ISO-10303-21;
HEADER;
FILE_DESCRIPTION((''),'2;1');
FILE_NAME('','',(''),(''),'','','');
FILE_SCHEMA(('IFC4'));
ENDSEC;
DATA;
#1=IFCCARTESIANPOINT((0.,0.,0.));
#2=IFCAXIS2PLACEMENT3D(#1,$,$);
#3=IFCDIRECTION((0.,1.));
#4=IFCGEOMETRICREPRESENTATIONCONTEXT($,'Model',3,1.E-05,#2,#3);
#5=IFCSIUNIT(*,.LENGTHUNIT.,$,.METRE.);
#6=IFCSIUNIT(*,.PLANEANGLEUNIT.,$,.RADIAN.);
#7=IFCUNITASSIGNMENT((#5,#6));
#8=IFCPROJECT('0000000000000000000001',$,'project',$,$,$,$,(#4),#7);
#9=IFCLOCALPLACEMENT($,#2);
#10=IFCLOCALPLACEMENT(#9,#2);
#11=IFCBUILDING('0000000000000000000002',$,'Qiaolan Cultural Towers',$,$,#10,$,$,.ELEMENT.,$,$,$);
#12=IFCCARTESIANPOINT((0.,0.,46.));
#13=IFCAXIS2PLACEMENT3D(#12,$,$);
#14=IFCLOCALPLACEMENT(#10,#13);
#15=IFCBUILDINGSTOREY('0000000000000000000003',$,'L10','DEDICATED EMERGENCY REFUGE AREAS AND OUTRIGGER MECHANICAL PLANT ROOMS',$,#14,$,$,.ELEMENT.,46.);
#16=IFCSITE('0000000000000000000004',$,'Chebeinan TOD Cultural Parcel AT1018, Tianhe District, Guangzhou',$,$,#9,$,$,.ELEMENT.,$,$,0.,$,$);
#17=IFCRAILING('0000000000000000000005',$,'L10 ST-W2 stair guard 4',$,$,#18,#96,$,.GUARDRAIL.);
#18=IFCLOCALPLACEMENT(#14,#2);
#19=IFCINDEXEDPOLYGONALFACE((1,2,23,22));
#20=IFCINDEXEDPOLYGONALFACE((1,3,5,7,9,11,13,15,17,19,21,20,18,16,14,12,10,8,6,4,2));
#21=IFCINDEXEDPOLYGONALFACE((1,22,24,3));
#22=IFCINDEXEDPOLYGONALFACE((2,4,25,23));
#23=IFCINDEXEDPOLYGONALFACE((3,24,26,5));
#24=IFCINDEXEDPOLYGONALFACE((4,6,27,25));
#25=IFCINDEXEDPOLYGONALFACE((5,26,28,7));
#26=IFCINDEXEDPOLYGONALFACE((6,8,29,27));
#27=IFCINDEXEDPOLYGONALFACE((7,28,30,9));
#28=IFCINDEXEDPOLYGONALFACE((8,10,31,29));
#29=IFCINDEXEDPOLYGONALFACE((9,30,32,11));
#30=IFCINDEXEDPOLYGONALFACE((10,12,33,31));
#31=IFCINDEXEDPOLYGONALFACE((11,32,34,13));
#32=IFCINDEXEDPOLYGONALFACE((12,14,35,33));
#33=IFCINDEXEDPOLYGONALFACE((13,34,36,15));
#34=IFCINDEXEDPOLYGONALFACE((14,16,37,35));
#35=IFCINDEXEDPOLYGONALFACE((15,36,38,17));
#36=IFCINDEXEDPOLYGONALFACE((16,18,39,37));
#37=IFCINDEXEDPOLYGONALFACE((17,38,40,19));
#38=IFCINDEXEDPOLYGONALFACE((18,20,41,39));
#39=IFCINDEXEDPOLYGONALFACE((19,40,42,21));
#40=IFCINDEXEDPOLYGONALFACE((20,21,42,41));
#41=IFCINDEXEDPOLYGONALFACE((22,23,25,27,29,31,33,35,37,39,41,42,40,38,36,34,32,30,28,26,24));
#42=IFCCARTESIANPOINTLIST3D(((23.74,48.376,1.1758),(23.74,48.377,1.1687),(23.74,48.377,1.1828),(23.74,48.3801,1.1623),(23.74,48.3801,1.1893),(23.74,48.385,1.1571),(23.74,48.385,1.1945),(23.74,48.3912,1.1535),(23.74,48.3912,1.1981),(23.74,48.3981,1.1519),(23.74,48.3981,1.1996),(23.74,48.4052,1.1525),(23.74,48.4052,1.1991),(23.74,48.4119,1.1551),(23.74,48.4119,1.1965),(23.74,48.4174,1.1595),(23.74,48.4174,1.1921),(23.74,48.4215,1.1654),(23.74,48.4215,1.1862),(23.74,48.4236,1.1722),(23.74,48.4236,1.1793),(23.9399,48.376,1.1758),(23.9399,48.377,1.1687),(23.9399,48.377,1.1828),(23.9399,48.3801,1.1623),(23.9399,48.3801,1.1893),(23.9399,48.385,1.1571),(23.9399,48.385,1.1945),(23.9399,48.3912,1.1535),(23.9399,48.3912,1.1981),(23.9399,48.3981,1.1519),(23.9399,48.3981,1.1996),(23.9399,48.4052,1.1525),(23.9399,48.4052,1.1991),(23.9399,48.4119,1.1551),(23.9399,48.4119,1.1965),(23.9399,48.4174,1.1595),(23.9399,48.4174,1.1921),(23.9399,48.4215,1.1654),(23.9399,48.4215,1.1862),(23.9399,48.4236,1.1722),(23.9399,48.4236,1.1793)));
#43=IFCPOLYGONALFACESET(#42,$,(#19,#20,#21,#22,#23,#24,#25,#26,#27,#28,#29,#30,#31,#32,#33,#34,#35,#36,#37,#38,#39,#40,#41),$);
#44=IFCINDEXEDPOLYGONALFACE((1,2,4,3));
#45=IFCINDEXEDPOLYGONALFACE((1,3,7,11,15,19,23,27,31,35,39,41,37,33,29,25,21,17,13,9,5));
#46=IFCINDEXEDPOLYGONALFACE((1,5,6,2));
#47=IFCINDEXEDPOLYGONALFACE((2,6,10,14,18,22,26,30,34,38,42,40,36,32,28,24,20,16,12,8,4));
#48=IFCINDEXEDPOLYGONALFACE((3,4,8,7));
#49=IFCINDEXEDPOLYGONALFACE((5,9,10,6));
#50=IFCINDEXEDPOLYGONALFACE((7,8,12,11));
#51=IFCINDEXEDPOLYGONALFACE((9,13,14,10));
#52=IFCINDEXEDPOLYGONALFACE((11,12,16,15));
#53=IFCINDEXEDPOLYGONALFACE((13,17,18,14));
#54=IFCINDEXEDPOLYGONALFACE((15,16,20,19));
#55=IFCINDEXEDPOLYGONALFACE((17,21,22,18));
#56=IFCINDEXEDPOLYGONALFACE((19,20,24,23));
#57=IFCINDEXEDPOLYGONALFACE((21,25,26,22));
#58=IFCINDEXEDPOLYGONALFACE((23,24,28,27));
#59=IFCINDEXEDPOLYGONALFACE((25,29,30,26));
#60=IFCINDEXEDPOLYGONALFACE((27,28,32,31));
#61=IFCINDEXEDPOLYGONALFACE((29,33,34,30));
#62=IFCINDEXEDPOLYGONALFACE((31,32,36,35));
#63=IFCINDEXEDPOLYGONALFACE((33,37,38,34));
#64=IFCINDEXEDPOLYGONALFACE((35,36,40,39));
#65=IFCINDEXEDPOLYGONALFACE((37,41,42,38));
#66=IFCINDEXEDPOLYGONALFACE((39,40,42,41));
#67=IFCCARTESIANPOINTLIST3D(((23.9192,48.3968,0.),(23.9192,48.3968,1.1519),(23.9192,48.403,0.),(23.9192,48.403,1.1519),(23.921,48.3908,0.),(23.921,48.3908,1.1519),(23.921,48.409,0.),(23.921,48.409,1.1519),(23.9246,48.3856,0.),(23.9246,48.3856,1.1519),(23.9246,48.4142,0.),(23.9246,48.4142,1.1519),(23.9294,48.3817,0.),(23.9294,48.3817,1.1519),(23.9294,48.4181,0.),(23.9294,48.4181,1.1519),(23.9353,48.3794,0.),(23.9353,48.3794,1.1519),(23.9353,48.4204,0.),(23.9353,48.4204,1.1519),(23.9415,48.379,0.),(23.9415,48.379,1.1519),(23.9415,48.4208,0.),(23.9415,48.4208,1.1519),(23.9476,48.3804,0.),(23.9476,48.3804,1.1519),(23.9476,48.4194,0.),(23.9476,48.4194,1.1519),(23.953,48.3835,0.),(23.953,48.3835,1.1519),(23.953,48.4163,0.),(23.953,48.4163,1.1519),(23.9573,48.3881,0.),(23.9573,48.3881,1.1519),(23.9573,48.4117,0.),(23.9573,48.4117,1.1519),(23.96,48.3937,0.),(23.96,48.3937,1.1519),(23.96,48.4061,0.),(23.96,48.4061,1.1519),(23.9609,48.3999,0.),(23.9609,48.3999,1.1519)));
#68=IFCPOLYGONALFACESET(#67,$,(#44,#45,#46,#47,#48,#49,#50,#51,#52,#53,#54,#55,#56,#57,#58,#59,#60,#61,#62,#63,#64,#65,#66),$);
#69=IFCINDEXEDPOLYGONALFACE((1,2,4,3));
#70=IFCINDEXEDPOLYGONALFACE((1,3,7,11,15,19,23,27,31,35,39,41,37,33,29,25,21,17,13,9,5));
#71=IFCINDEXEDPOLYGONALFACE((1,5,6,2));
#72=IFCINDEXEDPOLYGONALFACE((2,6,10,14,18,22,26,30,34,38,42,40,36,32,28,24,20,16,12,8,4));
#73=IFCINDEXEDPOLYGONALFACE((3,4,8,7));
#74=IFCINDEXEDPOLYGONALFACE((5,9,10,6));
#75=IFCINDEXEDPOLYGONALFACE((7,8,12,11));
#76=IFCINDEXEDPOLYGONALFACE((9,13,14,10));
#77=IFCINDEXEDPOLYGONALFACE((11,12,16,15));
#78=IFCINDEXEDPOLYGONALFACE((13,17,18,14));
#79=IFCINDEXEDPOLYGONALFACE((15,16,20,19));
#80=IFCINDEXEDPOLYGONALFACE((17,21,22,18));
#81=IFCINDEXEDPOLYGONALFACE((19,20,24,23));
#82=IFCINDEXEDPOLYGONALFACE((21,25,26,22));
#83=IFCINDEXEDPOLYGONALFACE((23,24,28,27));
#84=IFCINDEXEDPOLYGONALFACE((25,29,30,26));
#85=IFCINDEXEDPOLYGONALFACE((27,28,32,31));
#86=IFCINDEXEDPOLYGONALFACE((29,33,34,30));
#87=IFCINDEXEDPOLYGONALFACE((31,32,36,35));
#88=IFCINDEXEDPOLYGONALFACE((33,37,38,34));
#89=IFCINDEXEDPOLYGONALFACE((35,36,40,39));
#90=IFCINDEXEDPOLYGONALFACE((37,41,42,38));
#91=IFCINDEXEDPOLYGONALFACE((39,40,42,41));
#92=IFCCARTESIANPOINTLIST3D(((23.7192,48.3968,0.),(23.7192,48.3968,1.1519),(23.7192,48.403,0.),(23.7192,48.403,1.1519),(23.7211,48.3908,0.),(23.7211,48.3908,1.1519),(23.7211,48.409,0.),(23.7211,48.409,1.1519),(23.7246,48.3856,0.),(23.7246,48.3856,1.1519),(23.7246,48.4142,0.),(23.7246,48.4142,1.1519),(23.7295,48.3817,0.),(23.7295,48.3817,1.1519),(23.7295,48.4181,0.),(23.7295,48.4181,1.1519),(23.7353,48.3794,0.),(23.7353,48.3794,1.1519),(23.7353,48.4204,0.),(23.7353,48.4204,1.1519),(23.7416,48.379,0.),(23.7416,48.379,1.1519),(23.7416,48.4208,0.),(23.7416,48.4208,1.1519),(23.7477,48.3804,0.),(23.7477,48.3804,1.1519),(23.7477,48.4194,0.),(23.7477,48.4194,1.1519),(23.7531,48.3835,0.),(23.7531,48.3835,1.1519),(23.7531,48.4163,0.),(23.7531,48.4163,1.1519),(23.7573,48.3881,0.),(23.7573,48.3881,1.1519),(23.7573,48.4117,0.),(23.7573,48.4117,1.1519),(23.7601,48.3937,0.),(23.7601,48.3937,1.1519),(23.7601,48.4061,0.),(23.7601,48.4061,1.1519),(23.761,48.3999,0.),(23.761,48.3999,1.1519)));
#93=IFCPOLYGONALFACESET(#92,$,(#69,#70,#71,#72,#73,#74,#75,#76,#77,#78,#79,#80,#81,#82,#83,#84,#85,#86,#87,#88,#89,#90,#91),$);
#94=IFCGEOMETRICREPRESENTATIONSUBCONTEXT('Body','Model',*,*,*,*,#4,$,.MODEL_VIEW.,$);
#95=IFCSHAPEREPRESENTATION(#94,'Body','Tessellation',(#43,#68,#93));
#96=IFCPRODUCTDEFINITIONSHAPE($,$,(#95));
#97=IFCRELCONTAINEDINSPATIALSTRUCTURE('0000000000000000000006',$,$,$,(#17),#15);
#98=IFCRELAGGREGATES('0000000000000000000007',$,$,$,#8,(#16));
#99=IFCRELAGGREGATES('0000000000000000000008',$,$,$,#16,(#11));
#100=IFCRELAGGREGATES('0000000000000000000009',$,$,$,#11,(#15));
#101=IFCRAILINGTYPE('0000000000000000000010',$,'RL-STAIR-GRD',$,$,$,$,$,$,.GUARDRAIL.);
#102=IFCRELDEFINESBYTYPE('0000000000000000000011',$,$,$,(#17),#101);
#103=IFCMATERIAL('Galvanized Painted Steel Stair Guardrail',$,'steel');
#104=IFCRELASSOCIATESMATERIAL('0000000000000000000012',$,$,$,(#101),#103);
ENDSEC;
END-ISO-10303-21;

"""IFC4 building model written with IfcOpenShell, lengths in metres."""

from ifc_helpers import new_model, si_unit, direction, frame, origin, origin_2d, place, context, subcontext, project, spatial, circle, extrude, material, type_object, element, save


model = new_model("IFC4")

# Units and contexts
model_context = context("Model", 3, precision=1e-05, world=origin(), true_north=direction((0.0, 1.0)))
body_context = subcontext(model_context, "Body", "Model", "MODEL_VIEW")
ifc_project = project(units=[si_unit("LENGTHUNIT", "METRE"), si_unit("PLANEANGLEUNIT", "RADIAN")], contexts=[model_context])

# Site, building, storey
site_placement = place(None, origin())
site = spatial("IfcSite", under=ifc_project, at=site_placement, Name="Chebeinan TOD Cultural Parcel AT1018, Tianhe District, Guangzhou", CompositionType="ELEMENT", RefElevation=0.0)
building_placement = place(site_placement, origin())
building = spatial("IfcBuilding", under=site, at=building_placement, Name="Qiaolan Cultural Towers", CompositionType="ELEMENT")
storey_placement = place(building_placement, frame((0.0, 0.0, 46.0)))
storey = spatial("IfcBuildingStorey", under=building, at=storey_placement, Name="L10", Description="DEDICATED EMERGENCY REFUGE AREAS AND OUTRIGGER MECHANICAL PLANT ROOMS", CompositionType="ELEMENT", Elevation=46.0)

# Railing
ifc_material_1 = material(Name="Galvanized Painted Steel Stair Guardrail", Category="steel")
railing_type_1 = type_object("IfcRailingType", Name="RL-STAIR-GRD", PredefinedType="GUARDRAIL", material=ifc_material_1)
railing_1_placement = place(storey_placement, frame((23.9399, 48.3999, 0.0)))
element("IfcRailing", 1, at=railing_1_placement, inside=storey, type_object=railing_type_1, Name="L10 ST-W2 stair guard 4", PredefinedType="GUARDRAIL", context=body_context, shape_type="SweptSolid", body=[
    extrude(circle(Radius=0.0239, at=origin_2d()), frame((0.0, 0.0, 1.1758), z_axis=(-1.0, 0.0, 0.0), x_axis=(0.0, -1.0, 0.0)), (0.0, 0.0, 1.0), 0.2),
    extrude(circle(Radius=0.021, at=origin_2d()), origin(), (0.0, 0.0, 1.0), 1.1519),
    extrude(circle(Radius=0.021, at=origin_2d()), frame((-0.2, 0.0, 0.0)), (0.0, 0.0, 1.0), 1.1519),
])

save(model, "model.ifc")
